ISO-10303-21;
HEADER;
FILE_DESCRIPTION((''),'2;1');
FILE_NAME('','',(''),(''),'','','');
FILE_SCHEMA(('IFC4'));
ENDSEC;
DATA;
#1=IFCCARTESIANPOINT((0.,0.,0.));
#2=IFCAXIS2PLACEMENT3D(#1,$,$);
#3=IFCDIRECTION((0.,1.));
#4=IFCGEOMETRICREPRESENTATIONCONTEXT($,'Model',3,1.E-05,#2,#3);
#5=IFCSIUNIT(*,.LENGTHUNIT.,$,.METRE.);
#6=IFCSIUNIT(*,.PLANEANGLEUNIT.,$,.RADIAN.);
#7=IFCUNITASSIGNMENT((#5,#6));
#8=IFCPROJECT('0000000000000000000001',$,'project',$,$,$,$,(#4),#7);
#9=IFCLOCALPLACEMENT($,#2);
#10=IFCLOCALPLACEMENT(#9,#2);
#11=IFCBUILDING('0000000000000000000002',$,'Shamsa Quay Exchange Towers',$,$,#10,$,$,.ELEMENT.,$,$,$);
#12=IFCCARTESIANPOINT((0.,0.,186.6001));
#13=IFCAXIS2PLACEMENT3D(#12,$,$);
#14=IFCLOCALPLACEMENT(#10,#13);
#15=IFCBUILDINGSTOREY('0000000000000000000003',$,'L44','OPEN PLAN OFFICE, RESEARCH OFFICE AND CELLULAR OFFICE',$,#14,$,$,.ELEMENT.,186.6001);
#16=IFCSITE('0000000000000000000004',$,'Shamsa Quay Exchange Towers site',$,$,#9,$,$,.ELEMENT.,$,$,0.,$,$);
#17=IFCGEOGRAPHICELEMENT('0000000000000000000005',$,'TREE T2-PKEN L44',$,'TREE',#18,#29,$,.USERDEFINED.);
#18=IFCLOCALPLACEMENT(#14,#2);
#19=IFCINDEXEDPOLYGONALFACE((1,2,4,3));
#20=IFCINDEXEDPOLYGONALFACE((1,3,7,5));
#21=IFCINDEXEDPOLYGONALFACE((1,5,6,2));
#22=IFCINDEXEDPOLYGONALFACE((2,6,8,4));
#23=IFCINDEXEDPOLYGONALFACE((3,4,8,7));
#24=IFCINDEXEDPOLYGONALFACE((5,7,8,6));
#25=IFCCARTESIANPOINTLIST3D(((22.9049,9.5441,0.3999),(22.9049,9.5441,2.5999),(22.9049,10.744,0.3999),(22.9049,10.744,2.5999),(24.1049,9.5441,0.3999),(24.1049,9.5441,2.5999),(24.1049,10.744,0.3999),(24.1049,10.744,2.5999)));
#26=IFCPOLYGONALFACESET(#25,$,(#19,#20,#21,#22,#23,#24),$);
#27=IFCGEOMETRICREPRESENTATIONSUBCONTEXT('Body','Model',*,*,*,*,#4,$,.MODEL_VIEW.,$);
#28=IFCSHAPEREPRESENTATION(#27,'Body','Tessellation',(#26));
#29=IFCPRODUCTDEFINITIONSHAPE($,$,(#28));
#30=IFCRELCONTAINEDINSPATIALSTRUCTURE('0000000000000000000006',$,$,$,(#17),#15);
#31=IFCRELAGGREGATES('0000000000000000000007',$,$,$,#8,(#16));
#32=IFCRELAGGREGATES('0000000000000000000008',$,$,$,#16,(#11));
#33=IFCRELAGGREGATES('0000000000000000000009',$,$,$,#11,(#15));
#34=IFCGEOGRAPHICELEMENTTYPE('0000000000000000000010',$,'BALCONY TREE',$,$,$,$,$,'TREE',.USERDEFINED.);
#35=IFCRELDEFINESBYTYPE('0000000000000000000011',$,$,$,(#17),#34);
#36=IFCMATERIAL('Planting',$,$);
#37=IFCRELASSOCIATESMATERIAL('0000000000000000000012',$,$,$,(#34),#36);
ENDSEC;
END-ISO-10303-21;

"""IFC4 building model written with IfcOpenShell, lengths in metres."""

from ifc_helpers import new_model, si_unit, direction, frame, origin, origin_2d, place, context, subcontext, project, spatial, rectangle, extrude, material, type_object, element, save


model = new_model("IFC4")

# Units and contexts
model_context = context("Model", 3, precision=1e-05, world=origin(), true_north=direction((0.0, 1.0)))
body_context = subcontext(model_context, "Body", "Model", "MODEL_VIEW")
ifc_project = project(units=[si_unit("LENGTHUNIT", "METRE"), si_unit("PLANEANGLEUNIT", "RADIAN")], contexts=[model_context])

# Site, building, storey
site_placement = place(None, origin())
site = spatial("IfcSite", under=ifc_project, at=site_placement, Name="Shamsa Quay Exchange Towers site", CompositionType="ELEMENT", RefElevation=0.0)
building_placement = place(site_placement, origin())
building = spatial("IfcBuilding", under=site, at=building_placement, Name="Shamsa Quay Exchange Towers", CompositionType="ELEMENT")
storey_placement = place(building_placement, frame((0.0, 0.0, 186.6001)))
storey = spatial("IfcBuildingStorey", under=building, at=storey_placement, Name="L44", Description="OPEN PLAN OFFICE, RESEARCH OFFICE AND CELLULAR OFFICE", CompositionType="ELEMENT", Elevation=186.6001)

# Geographic element
ifc_material_1 = material(Name="Planting")
geographic_element_type = type_object("IfcGeographicElementType", Name="BALCONY TREE", ElementType="TREE", PredefinedType="USERDEFINED", material=ifc_material_1)
geographic_element_placement = place(storey_placement, frame((23.5049, 10.144, 0.3999), z_axis=(0.0, 0.0, 1.0), x_axis=(0.0, -1.0, 0.0)))
element("IfcGeographicElement", 1, at=geographic_element_placement, inside=storey, type_object=geographic_element_type, Name="TREE T2-PKEN L44", ObjectType="TREE", PredefinedType="USERDEFINED", context=body_context, shape_type="SweptSolid", body=[
    extrude(rectangle(XDim=1.2, YDim=1.2, at=origin_2d()), origin(), (0.0, 0.0, 1.0), 2.2),
])

save(model, "model.ifc")
